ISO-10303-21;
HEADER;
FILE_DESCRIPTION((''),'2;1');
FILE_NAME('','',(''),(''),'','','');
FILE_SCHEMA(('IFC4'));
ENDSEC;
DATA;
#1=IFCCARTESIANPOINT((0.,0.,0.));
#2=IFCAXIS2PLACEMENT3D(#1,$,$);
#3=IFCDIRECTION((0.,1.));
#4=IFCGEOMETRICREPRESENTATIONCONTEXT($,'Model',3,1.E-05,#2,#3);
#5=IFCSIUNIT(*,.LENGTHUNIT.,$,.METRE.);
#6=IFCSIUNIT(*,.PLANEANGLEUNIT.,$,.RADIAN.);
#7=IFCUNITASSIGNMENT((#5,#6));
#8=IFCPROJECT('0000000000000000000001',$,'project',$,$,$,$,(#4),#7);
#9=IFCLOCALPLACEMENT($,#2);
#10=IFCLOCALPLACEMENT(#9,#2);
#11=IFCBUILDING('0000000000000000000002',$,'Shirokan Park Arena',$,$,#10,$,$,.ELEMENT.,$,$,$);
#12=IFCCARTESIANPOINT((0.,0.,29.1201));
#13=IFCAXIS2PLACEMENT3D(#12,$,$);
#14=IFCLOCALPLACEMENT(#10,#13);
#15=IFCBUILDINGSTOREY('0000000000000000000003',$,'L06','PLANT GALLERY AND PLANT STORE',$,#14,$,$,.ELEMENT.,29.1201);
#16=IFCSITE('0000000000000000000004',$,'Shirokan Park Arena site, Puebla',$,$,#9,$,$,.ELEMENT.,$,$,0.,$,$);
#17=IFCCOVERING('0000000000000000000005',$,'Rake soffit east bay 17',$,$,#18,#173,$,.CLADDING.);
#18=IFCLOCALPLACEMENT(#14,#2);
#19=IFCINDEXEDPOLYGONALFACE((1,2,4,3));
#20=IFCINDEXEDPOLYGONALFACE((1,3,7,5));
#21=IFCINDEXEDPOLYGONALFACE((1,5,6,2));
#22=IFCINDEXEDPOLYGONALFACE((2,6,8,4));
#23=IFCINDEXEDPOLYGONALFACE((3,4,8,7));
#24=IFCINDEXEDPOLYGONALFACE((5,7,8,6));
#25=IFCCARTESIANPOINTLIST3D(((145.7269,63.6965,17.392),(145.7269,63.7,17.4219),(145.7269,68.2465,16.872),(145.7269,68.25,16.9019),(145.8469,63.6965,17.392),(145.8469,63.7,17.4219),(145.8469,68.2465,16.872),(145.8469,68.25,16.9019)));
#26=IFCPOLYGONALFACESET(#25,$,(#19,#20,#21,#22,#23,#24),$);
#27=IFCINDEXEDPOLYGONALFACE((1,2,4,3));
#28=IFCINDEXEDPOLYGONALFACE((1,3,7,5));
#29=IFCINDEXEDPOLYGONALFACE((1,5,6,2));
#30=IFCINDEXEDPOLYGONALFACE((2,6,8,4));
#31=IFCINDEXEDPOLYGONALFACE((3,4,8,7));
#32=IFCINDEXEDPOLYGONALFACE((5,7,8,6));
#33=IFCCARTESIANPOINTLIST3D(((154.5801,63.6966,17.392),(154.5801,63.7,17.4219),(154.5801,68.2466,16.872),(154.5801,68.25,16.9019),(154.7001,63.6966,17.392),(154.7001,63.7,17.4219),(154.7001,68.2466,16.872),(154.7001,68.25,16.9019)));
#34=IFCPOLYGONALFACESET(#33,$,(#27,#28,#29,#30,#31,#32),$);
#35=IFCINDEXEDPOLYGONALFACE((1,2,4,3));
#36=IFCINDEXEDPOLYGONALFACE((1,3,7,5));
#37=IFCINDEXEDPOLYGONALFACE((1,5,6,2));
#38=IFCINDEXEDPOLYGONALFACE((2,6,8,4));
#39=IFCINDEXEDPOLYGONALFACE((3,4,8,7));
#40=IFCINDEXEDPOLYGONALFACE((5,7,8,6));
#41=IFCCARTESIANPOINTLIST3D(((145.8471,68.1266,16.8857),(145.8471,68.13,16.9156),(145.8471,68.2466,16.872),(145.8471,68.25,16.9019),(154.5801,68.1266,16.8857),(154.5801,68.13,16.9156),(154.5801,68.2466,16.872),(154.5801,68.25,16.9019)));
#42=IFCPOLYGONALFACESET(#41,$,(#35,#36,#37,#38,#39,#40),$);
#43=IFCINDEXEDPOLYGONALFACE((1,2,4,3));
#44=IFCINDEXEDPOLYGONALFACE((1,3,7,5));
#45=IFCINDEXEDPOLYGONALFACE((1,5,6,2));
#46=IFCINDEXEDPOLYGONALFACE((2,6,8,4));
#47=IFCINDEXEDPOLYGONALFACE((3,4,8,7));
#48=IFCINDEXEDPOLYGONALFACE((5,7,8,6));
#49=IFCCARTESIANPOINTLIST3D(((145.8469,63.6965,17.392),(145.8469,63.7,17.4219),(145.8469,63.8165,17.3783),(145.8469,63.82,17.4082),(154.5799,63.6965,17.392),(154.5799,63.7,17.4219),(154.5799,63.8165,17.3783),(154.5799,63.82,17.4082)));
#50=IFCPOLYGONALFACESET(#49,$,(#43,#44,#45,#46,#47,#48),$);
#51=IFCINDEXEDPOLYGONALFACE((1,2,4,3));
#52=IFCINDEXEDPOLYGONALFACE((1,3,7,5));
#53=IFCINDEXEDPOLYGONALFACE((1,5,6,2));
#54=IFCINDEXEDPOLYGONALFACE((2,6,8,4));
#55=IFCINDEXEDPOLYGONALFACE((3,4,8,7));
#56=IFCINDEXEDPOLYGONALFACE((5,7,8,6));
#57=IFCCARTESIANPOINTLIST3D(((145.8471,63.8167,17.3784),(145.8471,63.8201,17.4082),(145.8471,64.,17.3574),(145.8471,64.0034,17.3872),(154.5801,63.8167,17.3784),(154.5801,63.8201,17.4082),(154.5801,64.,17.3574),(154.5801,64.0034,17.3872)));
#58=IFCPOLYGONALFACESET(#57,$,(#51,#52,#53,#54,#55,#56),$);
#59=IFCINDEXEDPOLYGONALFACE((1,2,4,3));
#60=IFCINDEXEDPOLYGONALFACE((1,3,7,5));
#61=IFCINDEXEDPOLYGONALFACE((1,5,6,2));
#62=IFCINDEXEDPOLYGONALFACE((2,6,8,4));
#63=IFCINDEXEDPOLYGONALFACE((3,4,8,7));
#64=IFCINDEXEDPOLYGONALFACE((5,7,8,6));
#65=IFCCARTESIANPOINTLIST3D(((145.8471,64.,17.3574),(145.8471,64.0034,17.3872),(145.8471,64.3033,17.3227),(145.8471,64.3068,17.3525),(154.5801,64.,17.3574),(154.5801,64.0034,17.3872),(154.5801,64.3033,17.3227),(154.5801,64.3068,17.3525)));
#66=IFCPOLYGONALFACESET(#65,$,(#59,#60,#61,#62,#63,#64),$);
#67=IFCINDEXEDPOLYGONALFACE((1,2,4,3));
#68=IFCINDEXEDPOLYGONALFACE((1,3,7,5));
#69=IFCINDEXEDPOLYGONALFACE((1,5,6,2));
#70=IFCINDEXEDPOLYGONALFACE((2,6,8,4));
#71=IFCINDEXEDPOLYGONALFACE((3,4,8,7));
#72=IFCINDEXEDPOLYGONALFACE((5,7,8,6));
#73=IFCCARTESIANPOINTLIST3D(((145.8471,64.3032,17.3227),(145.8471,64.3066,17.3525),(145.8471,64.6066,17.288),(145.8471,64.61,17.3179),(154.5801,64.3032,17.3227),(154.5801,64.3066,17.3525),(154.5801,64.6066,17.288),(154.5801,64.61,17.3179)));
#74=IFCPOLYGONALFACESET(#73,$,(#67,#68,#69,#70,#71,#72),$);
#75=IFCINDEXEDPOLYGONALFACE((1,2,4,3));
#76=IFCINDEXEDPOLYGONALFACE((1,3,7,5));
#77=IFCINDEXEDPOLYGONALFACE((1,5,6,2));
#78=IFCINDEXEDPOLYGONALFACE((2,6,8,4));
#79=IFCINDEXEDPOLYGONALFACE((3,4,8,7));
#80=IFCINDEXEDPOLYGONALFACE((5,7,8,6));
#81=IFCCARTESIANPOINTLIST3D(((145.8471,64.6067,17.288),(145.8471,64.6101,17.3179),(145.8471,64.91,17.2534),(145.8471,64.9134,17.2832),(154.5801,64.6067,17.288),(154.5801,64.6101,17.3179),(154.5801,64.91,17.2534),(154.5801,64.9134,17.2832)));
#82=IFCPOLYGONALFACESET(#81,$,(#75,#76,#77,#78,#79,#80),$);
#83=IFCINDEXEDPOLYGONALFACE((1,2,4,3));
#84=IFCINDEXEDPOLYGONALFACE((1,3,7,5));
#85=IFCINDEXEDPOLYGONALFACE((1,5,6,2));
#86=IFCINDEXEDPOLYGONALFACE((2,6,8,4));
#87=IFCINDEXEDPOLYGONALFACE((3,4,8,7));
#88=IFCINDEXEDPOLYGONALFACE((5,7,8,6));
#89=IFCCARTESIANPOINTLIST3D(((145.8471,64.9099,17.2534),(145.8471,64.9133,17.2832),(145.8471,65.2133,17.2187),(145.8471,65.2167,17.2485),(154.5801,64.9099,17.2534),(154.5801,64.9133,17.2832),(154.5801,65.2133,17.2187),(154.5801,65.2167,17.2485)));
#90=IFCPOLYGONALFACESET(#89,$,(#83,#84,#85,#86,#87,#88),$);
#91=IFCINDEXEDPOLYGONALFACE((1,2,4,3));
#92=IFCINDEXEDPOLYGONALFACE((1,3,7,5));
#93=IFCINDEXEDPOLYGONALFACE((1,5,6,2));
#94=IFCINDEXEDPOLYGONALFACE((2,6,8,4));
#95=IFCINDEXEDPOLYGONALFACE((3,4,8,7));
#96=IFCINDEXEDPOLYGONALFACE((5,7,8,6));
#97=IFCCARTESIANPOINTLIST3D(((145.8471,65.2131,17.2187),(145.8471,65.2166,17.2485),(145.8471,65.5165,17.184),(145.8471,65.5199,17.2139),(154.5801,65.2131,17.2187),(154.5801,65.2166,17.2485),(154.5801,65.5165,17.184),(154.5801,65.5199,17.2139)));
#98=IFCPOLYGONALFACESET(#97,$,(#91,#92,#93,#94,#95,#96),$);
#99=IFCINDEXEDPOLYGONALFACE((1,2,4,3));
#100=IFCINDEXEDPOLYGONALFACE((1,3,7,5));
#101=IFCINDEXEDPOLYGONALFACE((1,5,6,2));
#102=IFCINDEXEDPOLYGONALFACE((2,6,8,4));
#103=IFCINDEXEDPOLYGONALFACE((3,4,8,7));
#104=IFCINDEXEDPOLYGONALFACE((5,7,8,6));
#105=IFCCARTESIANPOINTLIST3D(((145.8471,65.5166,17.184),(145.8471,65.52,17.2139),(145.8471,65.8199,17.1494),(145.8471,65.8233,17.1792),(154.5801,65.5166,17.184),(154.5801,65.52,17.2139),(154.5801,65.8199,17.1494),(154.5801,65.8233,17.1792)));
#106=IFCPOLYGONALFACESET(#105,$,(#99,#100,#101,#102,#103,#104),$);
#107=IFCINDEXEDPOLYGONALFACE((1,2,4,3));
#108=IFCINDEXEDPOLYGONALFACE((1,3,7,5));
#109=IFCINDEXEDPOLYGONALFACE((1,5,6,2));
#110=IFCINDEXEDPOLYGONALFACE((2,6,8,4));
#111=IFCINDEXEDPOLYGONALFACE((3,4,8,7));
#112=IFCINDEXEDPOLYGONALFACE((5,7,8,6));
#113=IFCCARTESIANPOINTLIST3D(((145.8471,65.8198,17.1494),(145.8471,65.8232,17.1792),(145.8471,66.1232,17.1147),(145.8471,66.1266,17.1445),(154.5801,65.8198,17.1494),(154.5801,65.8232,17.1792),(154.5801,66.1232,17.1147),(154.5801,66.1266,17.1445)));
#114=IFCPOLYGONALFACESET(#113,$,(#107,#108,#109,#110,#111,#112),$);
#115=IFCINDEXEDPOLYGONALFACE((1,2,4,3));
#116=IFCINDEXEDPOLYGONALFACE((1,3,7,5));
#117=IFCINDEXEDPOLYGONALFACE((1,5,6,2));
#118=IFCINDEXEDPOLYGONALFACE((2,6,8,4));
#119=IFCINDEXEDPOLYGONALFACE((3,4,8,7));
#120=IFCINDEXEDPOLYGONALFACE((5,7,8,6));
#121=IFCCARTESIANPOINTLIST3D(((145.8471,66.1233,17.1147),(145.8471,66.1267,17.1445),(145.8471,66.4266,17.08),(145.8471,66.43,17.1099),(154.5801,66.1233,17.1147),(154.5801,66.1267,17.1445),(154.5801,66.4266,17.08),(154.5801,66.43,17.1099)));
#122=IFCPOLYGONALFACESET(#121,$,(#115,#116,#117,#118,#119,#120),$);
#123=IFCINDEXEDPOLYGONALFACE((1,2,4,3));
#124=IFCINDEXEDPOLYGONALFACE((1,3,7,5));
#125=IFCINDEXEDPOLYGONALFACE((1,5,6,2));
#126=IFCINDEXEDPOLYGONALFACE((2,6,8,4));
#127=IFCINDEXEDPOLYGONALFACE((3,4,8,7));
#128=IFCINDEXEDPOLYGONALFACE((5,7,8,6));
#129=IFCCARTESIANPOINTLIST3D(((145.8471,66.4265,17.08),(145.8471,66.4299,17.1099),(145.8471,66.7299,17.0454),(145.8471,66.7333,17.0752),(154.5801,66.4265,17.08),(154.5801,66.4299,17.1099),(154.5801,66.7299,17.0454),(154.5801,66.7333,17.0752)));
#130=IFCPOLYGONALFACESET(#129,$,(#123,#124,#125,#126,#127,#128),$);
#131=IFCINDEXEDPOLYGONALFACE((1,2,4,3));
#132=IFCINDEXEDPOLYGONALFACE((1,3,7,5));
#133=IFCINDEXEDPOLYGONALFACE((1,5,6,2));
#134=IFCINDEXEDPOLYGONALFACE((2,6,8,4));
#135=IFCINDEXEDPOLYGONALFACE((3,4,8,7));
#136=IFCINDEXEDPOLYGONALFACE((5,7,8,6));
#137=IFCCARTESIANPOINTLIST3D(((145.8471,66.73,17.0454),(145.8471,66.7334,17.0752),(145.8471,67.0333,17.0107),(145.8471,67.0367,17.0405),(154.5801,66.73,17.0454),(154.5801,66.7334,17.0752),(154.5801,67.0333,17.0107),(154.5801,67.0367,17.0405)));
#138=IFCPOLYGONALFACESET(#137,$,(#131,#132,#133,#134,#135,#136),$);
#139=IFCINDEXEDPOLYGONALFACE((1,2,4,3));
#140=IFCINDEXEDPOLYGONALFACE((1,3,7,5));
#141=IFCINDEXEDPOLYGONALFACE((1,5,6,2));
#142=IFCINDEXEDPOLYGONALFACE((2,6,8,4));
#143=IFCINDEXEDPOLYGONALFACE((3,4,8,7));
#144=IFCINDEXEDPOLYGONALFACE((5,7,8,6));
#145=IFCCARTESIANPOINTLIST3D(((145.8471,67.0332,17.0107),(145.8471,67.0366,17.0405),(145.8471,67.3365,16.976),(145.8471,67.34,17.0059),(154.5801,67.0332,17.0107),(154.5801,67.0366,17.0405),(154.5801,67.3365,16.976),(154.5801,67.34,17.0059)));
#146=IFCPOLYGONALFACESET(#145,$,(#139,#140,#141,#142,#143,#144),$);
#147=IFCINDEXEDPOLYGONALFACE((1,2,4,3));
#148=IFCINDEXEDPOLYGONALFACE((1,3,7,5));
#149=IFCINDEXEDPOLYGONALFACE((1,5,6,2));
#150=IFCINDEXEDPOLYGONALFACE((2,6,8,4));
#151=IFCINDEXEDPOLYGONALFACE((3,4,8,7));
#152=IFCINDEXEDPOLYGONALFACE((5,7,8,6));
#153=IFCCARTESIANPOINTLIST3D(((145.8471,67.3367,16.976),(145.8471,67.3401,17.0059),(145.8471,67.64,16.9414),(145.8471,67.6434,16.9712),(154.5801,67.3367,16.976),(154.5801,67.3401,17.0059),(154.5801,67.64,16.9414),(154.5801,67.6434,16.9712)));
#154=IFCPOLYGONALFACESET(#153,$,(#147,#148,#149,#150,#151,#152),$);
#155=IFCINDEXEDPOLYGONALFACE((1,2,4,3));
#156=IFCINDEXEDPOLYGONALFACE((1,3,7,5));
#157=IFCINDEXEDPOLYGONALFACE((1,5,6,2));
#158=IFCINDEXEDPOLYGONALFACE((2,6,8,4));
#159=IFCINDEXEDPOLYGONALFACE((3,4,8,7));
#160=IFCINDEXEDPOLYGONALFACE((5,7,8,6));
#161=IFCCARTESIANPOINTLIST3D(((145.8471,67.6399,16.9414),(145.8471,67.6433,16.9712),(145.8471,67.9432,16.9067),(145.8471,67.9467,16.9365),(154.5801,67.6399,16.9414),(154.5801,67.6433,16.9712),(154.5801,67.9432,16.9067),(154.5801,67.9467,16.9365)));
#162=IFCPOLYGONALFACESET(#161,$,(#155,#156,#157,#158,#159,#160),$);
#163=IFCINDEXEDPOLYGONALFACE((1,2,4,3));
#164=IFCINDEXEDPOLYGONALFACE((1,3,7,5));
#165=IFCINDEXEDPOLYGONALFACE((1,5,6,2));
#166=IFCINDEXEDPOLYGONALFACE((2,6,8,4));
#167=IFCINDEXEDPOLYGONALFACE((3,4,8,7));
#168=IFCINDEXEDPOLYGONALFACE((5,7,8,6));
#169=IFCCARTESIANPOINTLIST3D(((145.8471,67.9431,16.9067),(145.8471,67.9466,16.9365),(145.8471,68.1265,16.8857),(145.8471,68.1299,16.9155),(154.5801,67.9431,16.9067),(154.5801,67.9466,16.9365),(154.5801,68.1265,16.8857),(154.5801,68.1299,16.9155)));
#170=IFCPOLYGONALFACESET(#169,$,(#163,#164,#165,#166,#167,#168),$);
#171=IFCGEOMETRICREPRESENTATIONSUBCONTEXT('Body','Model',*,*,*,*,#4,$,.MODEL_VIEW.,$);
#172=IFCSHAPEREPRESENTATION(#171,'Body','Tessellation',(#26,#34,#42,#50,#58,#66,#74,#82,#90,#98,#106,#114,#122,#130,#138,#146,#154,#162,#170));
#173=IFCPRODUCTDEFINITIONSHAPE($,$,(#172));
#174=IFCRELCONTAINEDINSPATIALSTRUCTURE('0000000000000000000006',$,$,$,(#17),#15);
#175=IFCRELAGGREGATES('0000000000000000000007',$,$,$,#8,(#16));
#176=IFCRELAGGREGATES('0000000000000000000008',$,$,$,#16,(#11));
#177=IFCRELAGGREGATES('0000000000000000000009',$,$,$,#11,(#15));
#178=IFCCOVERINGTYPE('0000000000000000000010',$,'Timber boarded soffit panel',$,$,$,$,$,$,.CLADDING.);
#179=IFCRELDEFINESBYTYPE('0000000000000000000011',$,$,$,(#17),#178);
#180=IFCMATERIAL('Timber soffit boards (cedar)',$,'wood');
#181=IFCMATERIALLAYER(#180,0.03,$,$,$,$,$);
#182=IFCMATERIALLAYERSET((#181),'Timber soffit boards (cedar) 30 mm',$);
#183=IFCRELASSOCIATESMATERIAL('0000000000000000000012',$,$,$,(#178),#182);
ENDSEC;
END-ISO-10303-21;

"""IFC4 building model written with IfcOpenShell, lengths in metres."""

from ifc_helpers import new_model, si_unit, direction, frame, origin, place, context, subcontext, project, spatial, polyline, outline, extrude, material, layer, layer_set, type_object, element, save


model = new_model("IFC4")

# Units and contexts
model_context = context("Model", 3, precision=1e-05, world=origin(), true_north=direction((0.0, 1.0)))
body_context = subcontext(model_context, "Body", "Model", "MODEL_VIEW")
ifc_project = project(units=[si_unit("LENGTHUNIT", "METRE"), si_unit("PLANEANGLEUNIT", "RADIAN")], contexts=[model_context])

# Site, building, storey
site_placement = place(None, origin())
site = spatial("IfcSite", under=ifc_project, at=site_placement, Name="Shirokan Park Arena site, Puebla", CompositionType="ELEMENT", RefElevation=0.0)
building_placement = place(site_placement, origin())
building = spatial("IfcBuilding", under=site, at=building_placement, Name="Shirokan Park Arena", CompositionType="ELEMENT")
storey_placement = place(building_placement, frame((0.0, 0.0, 29.1201)))
storey = spatial("IfcBuildingStorey", under=building, at=storey_placement, Name="L06", Description="PLANT GALLERY AND PLANT STORE", CompositionType="ELEMENT", Elevation=29.1201)

# Covering
ifc_material = material(Name="Timber soffit boards (cedar)", Category="wood")
ifc_layer = layer(ifc_material, 0.03)
ifc_layer_set = layer_set([ifc_layer], Name="Timber soffit boards (cedar) 30 mm")
covering_type = type_object("IfcCoveringType", Name="Timber boarded soffit panel", PredefinedType="CLADDING", material=ifc_layer_set)
covering_1_placement = place(storey_placement, origin())
element("IfcCovering", 1, at=covering_1_placement, inside=storey, type_object=covering_type, Name="Rake soffit east bay 17", PredefinedType="CLADDING", context=body_context, shape_type="SweptSolid", body=[
    extrude(outline(polyline([(0.0, 0.0), (0.12, 0.0), (0.12, -4.5796), (0.0, -4.5796), (0.0, 0.0)])), frame((145.8469, 63.7, 17.4219), z_axis=(0.0, 0.113547, 0.993533), x_axis=(-1.0, 0.0, 0.0)), (0.0, 0.0, -1.0), 0.03),
    extrude(outline(polyline([(0.0, 0.0), (0.12, 0.0), (0.12, -4.5796), (0.0, -4.5796), (0.0, 0.0)])), frame((154.5801, 68.25, 16.9019), z_axis=(0.0, 0.113547, 0.993533), x_axis=(1.0, 0.0, 0.0)), (0.0, 0.0, -1.0), 0.03),
    extrude(outline(polyline([(0.0, 0.0), (0.1208, 0.0), (0.1208, -8.733), (0.0, -8.733), (0.0, 0.0)])), frame((154.5801, 68.25, 16.9019), z_axis=(0.0, 0.113512, 0.993537), x_axis=(0.0, -0.993537, 0.113512)), (0.0, 0.0, -1.0), 0.03),
    extrude(outline(polyline([(0.0, 0.0), (0.1208, 0.0), (0.1208, -8.733), (0.0, -8.733), (0.0, 0.0)])), frame((145.8469, 63.7, 17.4219), z_axis=(0.0, 0.113512, 0.993537), x_axis=(0.0, 0.993537, -0.113512)), (0.0, 0.0, -1.0), 0.03),
    extrude(outline(polyline([(0.0, 0.0), (8.733, 0.0), (8.733, -0.1845), (0.0, -0.1845), (0.0, 0.0)])), frame((154.5801, 63.8201, 17.4082), z_axis=(0.0, 0.113589, 0.993528), x_axis=(-1.0, 0.0, 0.0)), (0.0, 0.0, -1.0), 0.03),
    extrude(outline(polyline([(0.0, 0.0), (8.733, 0.0), (8.733, -0.3053), (0.0, -0.3053), (0.0, 0.0)])), frame((154.5801, 64.0034, 17.3872), z_axis=(0.0, 0.113523, 0.993535), x_axis=(-1.0, 0.0, 0.0)), (0.0, 0.0, -1.0), 0.03),
    extrude(outline(polyline([(0.0, 0.0), (8.733, 0.0), (8.733, -0.3053), (0.0, -0.3053), (0.0, 0.0)])), frame((154.5801, 64.3066, 17.3525), z_axis=(0.0, 0.113559, 0.993531), x_axis=(-1.0, 0.0, 0.0)), (0.0, 0.0, -1.0), 0.03),
    extrude(outline(polyline([(0.0, 0.0), (8.733, 0.0), (8.733, -0.3053), (0.0, -0.3053), (0.0, 0.0)])), frame((154.5801, 64.6101, 17.3179), z_axis=(0.0, 0.113559, 0.993531), x_axis=(-1.0, 0.0, 0.0)), (0.0, 0.0, -1.0), 0.03),
    extrude(outline(polyline([(0.0, 0.0), (8.733, 0.0), (8.733, -0.3053), (0.0, -0.3053), (0.0, 0.0)])), frame((154.5801, 64.9133, 17.2832), z_axis=(0.0, 0.113523, 0.993535), x_axis=(-1.0, 0.0, 0.0)), (0.0, 0.0, -1.0), 0.03),
    extrude(outline(polyline([(0.0, 0.0), (8.733, 0.0), (8.733, -0.3053), (0.0, -0.3053), (0.0, 0.0)])), frame((154.5801, 65.2166, 17.2485), z_axis=(0.0, 0.113559, 0.993531), x_axis=(-1.0, 0.0, 0.0)), (0.0, 0.0, -1.0), 0.03),
    extrude(outline(polyline([(0.0, 0.0), (8.733, 0.0), (8.733, -0.3053), (0.0, -0.3053), (0.0, 0.0)])), frame((154.5801, 65.52, 17.2139), z_axis=(0.0, 0.113559, 0.993531), x_axis=(-1.0, 0.0, 0.0)), (0.0, 0.0, -1.0), 0.03),
    extrude(outline(polyline([(0.0, 0.0), (8.733, 0.0), (8.733, -0.3053), (0.0, -0.3053), (0.0, 0.0)])), frame((154.5801, 65.8232, 17.1792), z_axis=(0.0, 0.113523, 0.993535), x_axis=(-1.0, 0.0, 0.0)), (0.0, 0.0, -1.0), 0.03),
    extrude(outline(polyline([(0.0, 0.0), (8.733, 0.0), (8.733, -0.3053), (0.0, -0.3053), (0.0, 0.0)])), frame((154.5801, 66.1267, 17.1445), z_axis=(0.0, 0.113559, 0.993531), x_axis=(-1.0, 0.0, 0.0)), (0.0, 0.0, -1.0), 0.03),
    extrude(outline(polyline([(0.0, 0.0), (8.733, 0.0), (8.733, -0.3053), (0.0, -0.3053), (0.0, 0.0)])), frame((154.5801, 66.4299, 17.1099), z_axis=(0.0, 0.113559, 0.993531), x_axis=(-1.0, 0.0, 0.0)), (0.0, 0.0, -1.0), 0.03),
    extrude(outline(polyline([(0.0, 0.0), (8.733, 0.0), (8.733, -0.3053), (0.0, -0.3053), (0.0, 0.0)])), frame((154.5801, 66.7334, 17.0752), z_axis=(0.0, 0.113523, 0.993535), x_axis=(-1.0, 0.0, 0.0)), (0.0, 0.0, -1.0), 0.03),
    extrude(outline(polyline([(0.0, 0.0), (8.733, 0.0), (8.733, -0.3053), (0.0, -0.3053), (0.0, 0.0)])), frame((154.5801, 67.0366, 17.0405), z_axis=(0.0, 0.113559, 0.993531), x_axis=(-1.0, 0.0, 0.0)), (0.0, 0.0, -1.0), 0.03),
    extrude(outline(polyline([(0.0, 0.0), (8.733, 0.0), (8.733, -0.3053), (0.0, -0.3053), (0.0, 0.0)])), frame((154.5801, 67.3401, 17.0059), z_axis=(0.0, 0.113559, 0.993531), x_axis=(-1.0, 0.0, 0.0)), (0.0, 0.0, -1.0), 0.03),
    extrude(outline(polyline([(0.0, 0.0), (8.733, 0.0), (8.733, -0.3053), (0.0, -0.3053), (0.0, 0.0)])), frame((154.5801, 67.6433, 16.9712), z_axis=(0.0, 0.113523, 0.993535), x_axis=(-1.0, 0.0, 0.0)), (0.0, 0.0, -1.0), 0.03),
    extrude(outline(polyline([(0.0, 0.0), (0.1845, 0.0), (0.1845, -8.733), (0.0, -8.733), (0.0, 0.0)])), frame((154.5801, 68.1299, 16.9155), z_axis=(0.0, 0.113589, 0.993528), x_axis=(0.0, -0.993528, 0.113589)), (0.0, 0.0, -1.0), 0.03),
])

save(model, "model.ifc")
